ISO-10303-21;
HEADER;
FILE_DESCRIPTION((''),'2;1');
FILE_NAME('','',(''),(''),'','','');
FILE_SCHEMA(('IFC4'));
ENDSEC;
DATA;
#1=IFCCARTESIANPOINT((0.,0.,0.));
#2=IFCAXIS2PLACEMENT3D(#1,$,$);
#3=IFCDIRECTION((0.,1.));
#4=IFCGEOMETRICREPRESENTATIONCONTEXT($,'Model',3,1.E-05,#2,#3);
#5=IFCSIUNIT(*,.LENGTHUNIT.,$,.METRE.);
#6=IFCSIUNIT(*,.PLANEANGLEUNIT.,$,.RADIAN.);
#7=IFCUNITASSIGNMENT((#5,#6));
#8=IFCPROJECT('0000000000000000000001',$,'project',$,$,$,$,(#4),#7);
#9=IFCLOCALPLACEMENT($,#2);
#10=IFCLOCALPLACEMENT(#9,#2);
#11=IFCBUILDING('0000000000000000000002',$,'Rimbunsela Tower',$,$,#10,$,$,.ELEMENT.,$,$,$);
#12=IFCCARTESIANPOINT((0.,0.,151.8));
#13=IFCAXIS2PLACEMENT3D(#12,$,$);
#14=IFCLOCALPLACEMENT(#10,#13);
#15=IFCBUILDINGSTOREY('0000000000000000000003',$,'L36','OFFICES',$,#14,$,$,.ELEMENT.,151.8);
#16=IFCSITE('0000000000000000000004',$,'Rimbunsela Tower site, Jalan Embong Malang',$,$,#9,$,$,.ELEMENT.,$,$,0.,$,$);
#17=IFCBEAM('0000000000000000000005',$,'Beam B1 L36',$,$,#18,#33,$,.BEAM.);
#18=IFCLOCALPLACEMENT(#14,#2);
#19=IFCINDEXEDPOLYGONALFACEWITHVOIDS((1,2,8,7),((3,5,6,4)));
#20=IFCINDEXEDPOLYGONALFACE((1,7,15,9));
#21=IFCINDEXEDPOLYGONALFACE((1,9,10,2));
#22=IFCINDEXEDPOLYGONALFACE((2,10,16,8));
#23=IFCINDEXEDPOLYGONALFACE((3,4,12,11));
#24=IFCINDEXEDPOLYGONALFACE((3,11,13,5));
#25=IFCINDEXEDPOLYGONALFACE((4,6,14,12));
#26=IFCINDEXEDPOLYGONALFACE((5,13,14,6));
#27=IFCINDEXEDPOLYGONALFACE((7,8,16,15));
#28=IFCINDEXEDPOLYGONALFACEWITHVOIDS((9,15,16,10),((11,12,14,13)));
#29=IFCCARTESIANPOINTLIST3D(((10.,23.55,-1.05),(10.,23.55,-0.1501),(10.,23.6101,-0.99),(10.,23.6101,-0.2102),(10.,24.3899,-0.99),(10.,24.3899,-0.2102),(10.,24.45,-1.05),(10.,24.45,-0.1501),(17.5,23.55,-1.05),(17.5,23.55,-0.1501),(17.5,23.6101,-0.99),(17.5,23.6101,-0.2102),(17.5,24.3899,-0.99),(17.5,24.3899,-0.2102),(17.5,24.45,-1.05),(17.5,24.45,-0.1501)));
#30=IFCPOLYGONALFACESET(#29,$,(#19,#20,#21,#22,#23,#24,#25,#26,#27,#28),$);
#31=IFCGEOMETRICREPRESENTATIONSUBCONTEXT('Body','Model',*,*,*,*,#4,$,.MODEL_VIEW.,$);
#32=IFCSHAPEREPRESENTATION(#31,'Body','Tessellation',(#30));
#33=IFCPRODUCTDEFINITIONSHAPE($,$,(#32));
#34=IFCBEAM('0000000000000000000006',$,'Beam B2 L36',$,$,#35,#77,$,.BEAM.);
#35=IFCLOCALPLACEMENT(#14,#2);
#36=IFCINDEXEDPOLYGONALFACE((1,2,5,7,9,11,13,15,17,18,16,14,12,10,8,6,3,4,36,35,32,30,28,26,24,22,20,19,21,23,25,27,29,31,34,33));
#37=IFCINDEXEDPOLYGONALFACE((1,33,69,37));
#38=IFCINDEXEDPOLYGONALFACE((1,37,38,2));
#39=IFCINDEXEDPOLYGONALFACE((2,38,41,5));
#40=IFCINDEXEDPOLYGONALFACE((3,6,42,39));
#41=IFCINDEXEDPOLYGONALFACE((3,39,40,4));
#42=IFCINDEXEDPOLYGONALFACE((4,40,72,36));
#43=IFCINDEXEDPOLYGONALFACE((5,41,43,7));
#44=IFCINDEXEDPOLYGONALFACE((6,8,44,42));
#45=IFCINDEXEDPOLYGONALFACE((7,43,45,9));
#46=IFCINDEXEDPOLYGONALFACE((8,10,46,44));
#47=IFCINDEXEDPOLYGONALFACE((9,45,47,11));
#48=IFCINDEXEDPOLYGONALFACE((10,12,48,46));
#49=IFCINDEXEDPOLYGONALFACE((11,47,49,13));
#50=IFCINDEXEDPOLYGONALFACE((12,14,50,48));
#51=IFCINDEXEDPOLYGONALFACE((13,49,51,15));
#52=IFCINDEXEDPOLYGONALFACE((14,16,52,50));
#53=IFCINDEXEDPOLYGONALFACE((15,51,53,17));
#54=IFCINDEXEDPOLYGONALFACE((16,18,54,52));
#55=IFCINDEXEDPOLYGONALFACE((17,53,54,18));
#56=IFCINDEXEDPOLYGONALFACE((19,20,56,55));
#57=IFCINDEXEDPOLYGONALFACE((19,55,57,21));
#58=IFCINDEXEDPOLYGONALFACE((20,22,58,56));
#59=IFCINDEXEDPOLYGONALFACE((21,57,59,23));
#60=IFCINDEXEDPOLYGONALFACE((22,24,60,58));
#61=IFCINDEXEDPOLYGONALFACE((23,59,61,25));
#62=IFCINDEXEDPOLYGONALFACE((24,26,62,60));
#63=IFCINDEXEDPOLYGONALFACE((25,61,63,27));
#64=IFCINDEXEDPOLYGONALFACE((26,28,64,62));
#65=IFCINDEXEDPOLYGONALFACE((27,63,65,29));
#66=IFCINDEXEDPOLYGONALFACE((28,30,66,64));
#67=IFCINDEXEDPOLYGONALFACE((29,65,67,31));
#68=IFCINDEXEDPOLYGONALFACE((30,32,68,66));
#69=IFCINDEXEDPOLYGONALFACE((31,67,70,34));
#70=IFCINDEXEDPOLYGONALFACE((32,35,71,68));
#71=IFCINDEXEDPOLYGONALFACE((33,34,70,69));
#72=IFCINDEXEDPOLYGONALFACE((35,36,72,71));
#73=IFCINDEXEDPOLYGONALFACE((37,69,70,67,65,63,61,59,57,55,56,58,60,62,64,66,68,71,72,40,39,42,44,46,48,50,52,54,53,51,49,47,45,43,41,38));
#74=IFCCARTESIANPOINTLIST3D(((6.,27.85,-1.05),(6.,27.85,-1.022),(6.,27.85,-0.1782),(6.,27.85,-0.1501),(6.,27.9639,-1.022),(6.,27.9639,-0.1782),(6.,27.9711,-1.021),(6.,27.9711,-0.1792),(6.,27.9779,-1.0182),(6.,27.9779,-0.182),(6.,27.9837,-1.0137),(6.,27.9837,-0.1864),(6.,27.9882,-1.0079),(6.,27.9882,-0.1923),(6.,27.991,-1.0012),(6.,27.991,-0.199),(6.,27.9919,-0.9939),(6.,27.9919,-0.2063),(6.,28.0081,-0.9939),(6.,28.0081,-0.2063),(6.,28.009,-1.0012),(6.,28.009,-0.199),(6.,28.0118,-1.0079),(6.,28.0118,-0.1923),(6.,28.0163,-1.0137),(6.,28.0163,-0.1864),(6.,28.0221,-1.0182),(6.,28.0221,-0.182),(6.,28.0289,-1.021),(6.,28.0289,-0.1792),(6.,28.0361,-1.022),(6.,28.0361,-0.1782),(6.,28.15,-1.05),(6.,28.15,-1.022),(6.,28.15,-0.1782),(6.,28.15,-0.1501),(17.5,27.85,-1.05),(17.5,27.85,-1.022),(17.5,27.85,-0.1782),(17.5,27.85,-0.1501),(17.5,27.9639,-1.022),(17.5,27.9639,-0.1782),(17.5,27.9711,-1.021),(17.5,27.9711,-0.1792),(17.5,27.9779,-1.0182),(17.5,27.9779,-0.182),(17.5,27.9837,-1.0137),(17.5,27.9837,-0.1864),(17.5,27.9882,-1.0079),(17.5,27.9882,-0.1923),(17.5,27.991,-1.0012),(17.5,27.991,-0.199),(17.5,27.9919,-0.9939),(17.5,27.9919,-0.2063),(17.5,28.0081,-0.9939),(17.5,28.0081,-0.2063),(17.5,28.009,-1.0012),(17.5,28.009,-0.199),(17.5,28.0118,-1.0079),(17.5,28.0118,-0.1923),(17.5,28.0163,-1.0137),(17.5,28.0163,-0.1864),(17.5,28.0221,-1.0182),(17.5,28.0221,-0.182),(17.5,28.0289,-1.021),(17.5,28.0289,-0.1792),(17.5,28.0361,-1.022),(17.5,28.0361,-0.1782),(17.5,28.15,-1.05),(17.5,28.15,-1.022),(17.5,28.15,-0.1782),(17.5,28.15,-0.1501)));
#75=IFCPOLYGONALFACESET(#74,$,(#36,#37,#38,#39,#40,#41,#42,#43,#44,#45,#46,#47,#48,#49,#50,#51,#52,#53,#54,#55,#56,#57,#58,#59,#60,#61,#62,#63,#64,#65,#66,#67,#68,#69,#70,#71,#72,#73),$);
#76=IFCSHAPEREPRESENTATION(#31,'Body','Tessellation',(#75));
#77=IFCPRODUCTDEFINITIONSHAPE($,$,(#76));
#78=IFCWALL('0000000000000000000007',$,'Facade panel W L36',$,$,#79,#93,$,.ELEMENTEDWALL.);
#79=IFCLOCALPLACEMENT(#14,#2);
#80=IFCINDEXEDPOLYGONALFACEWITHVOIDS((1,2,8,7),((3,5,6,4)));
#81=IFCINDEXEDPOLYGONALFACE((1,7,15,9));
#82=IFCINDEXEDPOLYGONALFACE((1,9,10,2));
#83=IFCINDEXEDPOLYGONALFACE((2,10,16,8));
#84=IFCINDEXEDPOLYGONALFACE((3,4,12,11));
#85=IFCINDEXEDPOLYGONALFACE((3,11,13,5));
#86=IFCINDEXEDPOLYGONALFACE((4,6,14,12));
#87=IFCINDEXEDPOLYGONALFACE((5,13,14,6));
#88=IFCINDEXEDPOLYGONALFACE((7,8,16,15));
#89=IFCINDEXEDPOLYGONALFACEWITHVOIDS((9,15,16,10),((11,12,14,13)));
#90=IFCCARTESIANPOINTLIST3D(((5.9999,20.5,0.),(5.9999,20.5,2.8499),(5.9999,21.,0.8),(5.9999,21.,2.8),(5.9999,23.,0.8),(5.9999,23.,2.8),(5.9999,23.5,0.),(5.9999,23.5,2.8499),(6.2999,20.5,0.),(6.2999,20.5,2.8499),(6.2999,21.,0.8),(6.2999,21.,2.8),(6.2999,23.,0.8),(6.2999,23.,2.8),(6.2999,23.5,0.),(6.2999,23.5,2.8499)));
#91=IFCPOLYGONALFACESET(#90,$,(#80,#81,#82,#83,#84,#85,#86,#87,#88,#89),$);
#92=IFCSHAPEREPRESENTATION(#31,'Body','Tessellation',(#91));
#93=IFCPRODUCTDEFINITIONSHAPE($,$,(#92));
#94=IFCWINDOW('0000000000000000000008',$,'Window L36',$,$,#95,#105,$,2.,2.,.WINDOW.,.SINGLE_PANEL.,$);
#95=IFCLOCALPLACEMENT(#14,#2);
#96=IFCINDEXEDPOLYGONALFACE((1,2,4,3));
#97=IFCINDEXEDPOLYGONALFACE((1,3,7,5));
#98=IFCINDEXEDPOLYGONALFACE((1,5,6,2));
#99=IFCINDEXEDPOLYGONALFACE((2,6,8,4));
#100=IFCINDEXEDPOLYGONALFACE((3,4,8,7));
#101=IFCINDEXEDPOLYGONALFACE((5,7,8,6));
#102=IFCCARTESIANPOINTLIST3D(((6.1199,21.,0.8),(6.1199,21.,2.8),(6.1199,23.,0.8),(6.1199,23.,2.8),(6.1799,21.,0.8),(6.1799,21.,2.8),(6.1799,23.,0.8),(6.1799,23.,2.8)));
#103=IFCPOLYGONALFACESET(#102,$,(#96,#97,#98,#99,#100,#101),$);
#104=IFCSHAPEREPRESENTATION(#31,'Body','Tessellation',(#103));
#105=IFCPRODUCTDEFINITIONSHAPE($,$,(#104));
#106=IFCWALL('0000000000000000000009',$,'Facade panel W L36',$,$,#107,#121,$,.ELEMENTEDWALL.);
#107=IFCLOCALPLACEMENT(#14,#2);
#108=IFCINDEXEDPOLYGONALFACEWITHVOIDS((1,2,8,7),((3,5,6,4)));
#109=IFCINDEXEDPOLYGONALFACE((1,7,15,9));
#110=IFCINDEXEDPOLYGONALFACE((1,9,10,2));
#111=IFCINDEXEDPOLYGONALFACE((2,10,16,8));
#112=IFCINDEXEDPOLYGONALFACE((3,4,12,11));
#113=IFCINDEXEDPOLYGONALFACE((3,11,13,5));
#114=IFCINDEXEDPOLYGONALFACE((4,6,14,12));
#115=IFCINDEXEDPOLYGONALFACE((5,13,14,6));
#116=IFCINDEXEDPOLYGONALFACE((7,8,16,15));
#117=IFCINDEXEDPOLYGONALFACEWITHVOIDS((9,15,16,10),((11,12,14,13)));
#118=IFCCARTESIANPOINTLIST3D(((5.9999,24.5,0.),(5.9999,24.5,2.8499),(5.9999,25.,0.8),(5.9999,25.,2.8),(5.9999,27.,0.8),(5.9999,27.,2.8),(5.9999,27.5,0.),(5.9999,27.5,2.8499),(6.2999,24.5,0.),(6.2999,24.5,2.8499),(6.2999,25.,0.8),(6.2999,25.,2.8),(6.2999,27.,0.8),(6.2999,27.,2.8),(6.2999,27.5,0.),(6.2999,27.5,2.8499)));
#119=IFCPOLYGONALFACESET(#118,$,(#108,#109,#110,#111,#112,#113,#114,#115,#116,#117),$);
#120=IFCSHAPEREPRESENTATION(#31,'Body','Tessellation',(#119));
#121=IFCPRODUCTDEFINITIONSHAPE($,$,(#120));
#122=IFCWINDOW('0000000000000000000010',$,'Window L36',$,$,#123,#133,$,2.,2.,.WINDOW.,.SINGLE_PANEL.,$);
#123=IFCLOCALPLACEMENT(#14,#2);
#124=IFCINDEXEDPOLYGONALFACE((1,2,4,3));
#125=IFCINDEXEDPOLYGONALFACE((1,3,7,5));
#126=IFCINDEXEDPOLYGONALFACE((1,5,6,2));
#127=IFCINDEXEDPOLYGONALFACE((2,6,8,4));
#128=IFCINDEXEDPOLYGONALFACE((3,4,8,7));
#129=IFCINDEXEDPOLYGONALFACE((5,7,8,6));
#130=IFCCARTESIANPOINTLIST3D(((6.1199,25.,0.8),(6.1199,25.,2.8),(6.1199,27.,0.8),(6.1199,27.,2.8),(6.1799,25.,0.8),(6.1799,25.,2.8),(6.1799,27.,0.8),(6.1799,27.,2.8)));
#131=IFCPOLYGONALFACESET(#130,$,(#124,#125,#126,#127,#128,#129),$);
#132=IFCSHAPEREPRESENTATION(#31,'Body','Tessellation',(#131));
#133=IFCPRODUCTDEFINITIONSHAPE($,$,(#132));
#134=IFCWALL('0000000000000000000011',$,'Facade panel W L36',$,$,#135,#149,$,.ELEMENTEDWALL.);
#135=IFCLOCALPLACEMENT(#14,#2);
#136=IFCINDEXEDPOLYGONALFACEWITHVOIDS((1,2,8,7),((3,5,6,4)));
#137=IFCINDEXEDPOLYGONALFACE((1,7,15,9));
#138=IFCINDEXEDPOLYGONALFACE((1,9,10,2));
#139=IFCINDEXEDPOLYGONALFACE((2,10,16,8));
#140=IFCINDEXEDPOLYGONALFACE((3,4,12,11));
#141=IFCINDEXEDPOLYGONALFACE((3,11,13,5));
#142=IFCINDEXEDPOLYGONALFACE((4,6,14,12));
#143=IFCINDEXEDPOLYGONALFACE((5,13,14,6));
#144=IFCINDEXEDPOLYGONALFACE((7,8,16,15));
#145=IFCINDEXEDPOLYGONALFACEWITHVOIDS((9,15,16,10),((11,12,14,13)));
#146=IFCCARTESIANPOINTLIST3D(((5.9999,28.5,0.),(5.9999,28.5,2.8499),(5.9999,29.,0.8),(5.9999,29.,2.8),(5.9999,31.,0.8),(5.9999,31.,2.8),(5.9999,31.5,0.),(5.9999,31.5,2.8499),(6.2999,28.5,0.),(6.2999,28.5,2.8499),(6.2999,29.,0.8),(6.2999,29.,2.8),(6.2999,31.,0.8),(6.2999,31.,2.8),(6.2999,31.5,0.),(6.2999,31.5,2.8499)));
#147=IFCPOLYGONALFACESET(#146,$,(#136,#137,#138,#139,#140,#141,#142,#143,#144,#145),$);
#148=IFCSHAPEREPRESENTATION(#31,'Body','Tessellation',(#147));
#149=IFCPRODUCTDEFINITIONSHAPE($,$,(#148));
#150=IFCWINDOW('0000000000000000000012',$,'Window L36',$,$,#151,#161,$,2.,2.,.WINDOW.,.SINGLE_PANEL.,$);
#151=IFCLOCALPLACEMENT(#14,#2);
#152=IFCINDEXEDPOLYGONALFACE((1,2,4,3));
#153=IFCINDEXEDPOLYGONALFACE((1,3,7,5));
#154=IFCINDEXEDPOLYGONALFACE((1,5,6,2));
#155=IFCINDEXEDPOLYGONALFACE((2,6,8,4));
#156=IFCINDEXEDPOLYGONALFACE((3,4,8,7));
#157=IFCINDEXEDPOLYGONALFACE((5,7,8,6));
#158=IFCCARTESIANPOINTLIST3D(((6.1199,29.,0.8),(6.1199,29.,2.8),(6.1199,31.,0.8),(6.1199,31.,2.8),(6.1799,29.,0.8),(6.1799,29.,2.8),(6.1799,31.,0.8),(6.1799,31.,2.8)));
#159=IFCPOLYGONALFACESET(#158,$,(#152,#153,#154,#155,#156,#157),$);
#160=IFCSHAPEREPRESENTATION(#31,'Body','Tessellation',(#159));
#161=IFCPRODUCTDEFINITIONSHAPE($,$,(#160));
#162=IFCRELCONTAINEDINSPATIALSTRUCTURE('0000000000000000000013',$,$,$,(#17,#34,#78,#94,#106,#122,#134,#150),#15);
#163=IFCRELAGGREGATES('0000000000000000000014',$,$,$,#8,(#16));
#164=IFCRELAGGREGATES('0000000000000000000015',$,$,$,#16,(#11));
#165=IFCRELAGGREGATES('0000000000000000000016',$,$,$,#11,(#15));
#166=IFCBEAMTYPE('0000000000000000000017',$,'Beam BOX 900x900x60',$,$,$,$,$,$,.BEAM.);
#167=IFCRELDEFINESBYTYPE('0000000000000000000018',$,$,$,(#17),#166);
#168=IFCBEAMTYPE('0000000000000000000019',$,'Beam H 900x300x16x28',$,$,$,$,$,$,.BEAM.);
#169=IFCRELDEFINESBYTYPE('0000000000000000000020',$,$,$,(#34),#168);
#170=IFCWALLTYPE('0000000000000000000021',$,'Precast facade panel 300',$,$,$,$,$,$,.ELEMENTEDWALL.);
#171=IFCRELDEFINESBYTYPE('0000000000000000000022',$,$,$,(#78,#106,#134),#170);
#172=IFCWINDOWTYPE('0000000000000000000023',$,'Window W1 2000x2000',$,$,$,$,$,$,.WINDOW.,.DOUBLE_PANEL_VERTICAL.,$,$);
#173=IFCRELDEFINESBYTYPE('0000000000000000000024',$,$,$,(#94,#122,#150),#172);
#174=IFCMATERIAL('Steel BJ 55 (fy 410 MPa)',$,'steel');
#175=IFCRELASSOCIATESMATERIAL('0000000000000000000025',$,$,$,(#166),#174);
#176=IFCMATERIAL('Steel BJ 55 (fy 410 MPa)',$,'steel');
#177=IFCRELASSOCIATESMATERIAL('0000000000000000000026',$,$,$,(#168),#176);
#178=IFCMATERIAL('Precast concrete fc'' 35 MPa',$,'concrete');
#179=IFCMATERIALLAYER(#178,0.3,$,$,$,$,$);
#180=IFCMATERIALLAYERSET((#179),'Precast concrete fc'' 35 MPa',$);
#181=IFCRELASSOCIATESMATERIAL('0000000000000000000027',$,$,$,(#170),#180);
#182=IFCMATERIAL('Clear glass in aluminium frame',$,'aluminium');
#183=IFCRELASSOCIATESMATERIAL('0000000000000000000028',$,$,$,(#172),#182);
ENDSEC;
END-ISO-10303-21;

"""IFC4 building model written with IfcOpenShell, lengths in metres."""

from ifc_helpers import new_model, si_unit, direction, frame, frame_2d, origin, origin_2d, place, context, subcontext, project, spatial, rectangle, hollow_rectangle, i_section, extrude, material, layer, layer_set, material_profile, profile_set, type_object, element, fill, save


model = new_model("IFC4")

# Units and contexts
model_context = context("Model", 3, precision=1e-05, world=origin(), true_north=direction((0.0, 1.0)))
body_context = subcontext(model_context, "Body", "Model", "MODEL_VIEW")
ifc_project = project(units=[si_unit("LENGTHUNIT", "METRE"), si_unit("PLANEANGLEUNIT", "RADIAN")], contexts=[model_context])

# Site, building, storey
site_placement = place(None, origin())
site = spatial("IfcSite", under=ifc_project, at=site_placement, Name="Rimbunsela Tower site, Jalan Embong Malang", CompositionType="ELEMENT", RefElevation=0.0)
building_placement = place(site_placement, origin())
building = spatial("IfcBuilding", under=site, at=building_placement, Name="Rimbunsela Tower", CompositionType="ELEMENT")
storey_placement = place(building_placement, frame((0.0, 0.0, 151.8)))
storey = spatial("IfcBuildingStorey", under=building, at=storey_placement, Name="L36", Description="OFFICES", CompositionType="ELEMENT", Elevation=151.8)

# Beams
ifc_material_1 = material(Name="Steel BJ 55 (fy 410 MPa)", Category="steel")
ifc_material_profile_1 = material_profile(ifc_material_1, hollow_rectangle(XDim=0.8999, YDim=0.8999, WallThickness=0.0601, at=origin_2d()), Name="BOX 900x900x60")
ifc_profile_set_1 = profile_set([ifc_material_profile_1], Name="Steel BJ 55 (fy 410 MPa)")
beam_type_1 = type_object("IfcBeamType", Name="Beam BOX 900x900x60", PredefinedType="BEAM", material=ifc_profile_set_1)
beam_1_placement = place(storey_placement, frame((10.0, 24.0, -0.6001), z_axis=(1.0, 0.0, 0.0), x_axis=(0.0, 1.0, 0.0)))
element("IfcBeam", 1, at=beam_1_placement, inside=storey, type_object=beam_type_1, Name="Beam B1 L36", PredefinedType="BEAM", context=body_context, shape_type="SweptSolid", body=[
    extrude(hollow_rectangle(XDim=0.8999, YDim=0.8999, WallThickness=0.0601, at=origin_2d()), origin(), (0.0, 0.0, 1.0), 7.5),
])
ifc_material_2 = material(Name="Steel BJ 55 (fy 410 MPa)", Category="steel")
ifc_material_profile_2 = material_profile(ifc_material_2, i_section(OverallWidth=0.3, OverallDepth=0.8999, WebThickness=0.0161, FlangeThickness=0.0281, FilletRadius=0.0281, at=origin_2d()), Name="H 900x300x16x28")
ifc_profile_set_2 = profile_set([ifc_material_profile_2], Name="Steel BJ 55 (fy 410 MPa)")
beam_type_2 = type_object("IfcBeamType", Name="Beam H 900x300x16x28", PredefinedType="BEAM", material=ifc_profile_set_2)
beam_2_placement = place(storey_placement, frame((6.0, 28.0, -0.6001), z_axis=(1.0, 0.0, 0.0), x_axis=(0.0, 1.0, 0.0)))
element("IfcBeam", 2, at=beam_2_placement, inside=storey, type_object=beam_type_2, Name="Beam B2 L36", PredefinedType="BEAM", context=body_context, shape_type="SweptSolid", body=[
    extrude(i_section(OverallWidth=0.3, OverallDepth=0.8999, WebThickness=0.0161, FlangeThickness=0.0281, FilletRadius=0.0281, at=origin_2d()), origin(), (0.0, 0.0, 1.0), 11.5),
])

# Walls, openings, windows
ifc_material_3 = material(Name="Precast concrete fc' 35 MPa", Category="concrete")
ifc_layer_1 = layer(ifc_material_3, 0.3)
ifc_layer_set_1 = layer_set([ifc_layer_1], Name="Precast concrete fc' 35 MPa")
wall_type = type_object("IfcWallType", Name="Precast facade panel 300", PredefinedType="ELEMENTEDWALL", material=ifc_layer_set_1)
wall_1_placement = place(storey_placement, frame((6.1499, 23.5, 0.0), z_axis=(0.0, 0.0, 1.0), x_axis=(0.0, -1.0, 0.0)))
wall_1 = element("IfcWall", 3, at=wall_1_placement, inside=storey, type_object=wall_type, Name="Facade panel W L36", PredefinedType="ELEMENTEDWALL", context=body_context, shape_type="SweptSolid", body=[
    extrude(rectangle(XDim=3.0, YDim=0.3, at=frame_2d((1.5, 0.0))), origin(), (0.0, 0.0, 1.0), 2.8499),
])
opening_1_placement = place(wall_1_placement, frame((0.5, 0.0, 0.8)))
opening_1 = element("IfcOpeningElement", 4, at=opening_1_placement, cuts=wall_1, PredefinedType="OPENING", context=body_context, shape_type="SweptSolid", body=[
    extrude(rectangle(XDim=2.0, YDim=2.0, at=frame_2d((1.0, 1.0))), frame((0.0, 0.1599, 0.0), z_axis=(0.0, -1.0, 0.0), x_axis=(1.0, 0.0, 0.0)), (0.0, 0.0, 1.0), 0.3201),
])
ifc_material_4 = material(Name="Clear glass in aluminium frame", Category="aluminium")
window_type = type_object("IfcWindowType", Name="Window W1 2000x2000", PartitioningType="DOUBLE_PANEL_VERTICAL", PredefinedType="WINDOW", material=ifc_material_4)
window_1_placement = place(opening_1_placement, origin())
window_1 = element("IfcWindow", 5, at=window_1_placement, inside=storey, type_object=window_type, Name="Window L36", OverallHeight=2.0, OverallWidth=2.0, PartitioningType="SINGLE_PANEL", PredefinedType="WINDOW", context=body_context, shape_type="SweptSolid", body=[
    extrude(rectangle(XDim=2.0, YDim=2.0, at=frame_2d((1.0, 1.0))), frame((0.0, 0.03, 0.0), z_axis=(0.0, -1.0, 0.0), x_axis=(1.0, 0.0, 0.0)), (0.0, 0.0, 1.0), 0.0601),
])
fill(opening_1, window_1)
wall_2_placement = place(storey_placement, frame((6.1499, 27.5, 0.0), z_axis=(0.0, 0.0, 1.0), x_axis=(0.0, -1.0, 0.0)))
wall_2 = element("IfcWall", 6, at=wall_2_placement, inside=storey, type_object=wall_type, Name="Facade panel W L36", PredefinedType="ELEMENTEDWALL", context=body_context, shape_type="SweptSolid", body=[
    extrude(rectangle(XDim=3.0, YDim=0.3, at=frame_2d((1.5, 0.0))), origin(), (0.0, 0.0, 1.0), 2.8499),
])
opening_2_placement = place(wall_2_placement, frame((0.5, 0.0, 0.8)))
opening_2 = element("IfcOpeningElement", 7, at=opening_2_placement, cuts=wall_2, PredefinedType="OPENING", context=body_context, shape_type="SweptSolid", body=[
    extrude(rectangle(XDim=2.0, YDim=2.0, at=frame_2d((1.0, 1.0))), frame((0.0, 0.1599, 0.0), z_axis=(0.0, -1.0, 0.0), x_axis=(1.0, 0.0, 0.0)), (0.0, 0.0, 1.0), 0.3201),
])
window_2_placement = place(opening_2_placement, origin())
window_2 = element("IfcWindow", 8, at=window_2_placement, inside=storey, type_object=window_type, Name="Window L36", OverallHeight=2.0, OverallWidth=2.0, PartitioningType="SINGLE_PANEL", PredefinedType="WINDOW", context=body_context, shape_type="SweptSolid", body=[
    extrude(rectangle(XDim=2.0, YDim=2.0, at=frame_2d((1.0, 1.0))), frame((0.0, 0.03, 0.0), z_axis=(0.0, -1.0, 0.0), x_axis=(1.0, 0.0, 0.0)), (0.0, 0.0, 1.0), 0.0601),
])
fill(opening_2, window_2)
wall_3_placement = place(storey_placement, frame((6.1499, 31.5, 0.0), z_axis=(0.0, 0.0, 1.0), x_axis=(0.0, -1.0, 0.0)))
wall_3 = element("IfcWall", 9, at=wall_3_placement, inside=storey, type_object=wall_type, Name="Facade panel W L36", PredefinedType="ELEMENTEDWALL", context=body_context, shape_type="SweptSolid", body=[
    extrude(rectangle(XDim=3.0, YDim=0.3, at=frame_2d((1.5, 0.0))), origin(), (0.0, 0.0, 1.0), 2.8499),
])
opening_3_placement = place(wall_3_placement, frame((0.5, 0.0, 0.8)))
opening_3 = element("IfcOpeningElement", 10, at=opening_3_placement, cuts=wall_3, PredefinedType="OPENING", context=body_context, shape_type="SweptSolid", body=[
    extrude(rectangle(XDim=2.0, YDim=2.0, at=frame_2d((1.0, 1.0))), frame((0.0, 0.1599, 0.0), z_axis=(0.0, -1.0, 0.0), x_axis=(1.0, 0.0, 0.0)), (0.0, 0.0, 1.0), 0.3201),
])
window_3_placement = place(opening_3_placement, origin())
window_3 = element("IfcWindow", 11, at=window_3_placement, inside=storey, type_object=window_type, Name="Window L36", OverallHeight=2.0, OverallWidth=2.0, PartitioningType="SINGLE_PANEL", PredefinedType="WINDOW", context=body_context, shape_type="SweptSolid", body=[
    extrude(rectangle(XDim=2.0, YDim=2.0, at=frame_2d((1.0, 1.0))), frame((0.0, 0.03, 0.0), z_axis=(0.0, -1.0, 0.0), x_axis=(1.0, 0.0, 0.0)), (0.0, 0.0, 1.0), 0.0601),
])
fill(opening_3, window_3)

save(model, "model.ifc")
